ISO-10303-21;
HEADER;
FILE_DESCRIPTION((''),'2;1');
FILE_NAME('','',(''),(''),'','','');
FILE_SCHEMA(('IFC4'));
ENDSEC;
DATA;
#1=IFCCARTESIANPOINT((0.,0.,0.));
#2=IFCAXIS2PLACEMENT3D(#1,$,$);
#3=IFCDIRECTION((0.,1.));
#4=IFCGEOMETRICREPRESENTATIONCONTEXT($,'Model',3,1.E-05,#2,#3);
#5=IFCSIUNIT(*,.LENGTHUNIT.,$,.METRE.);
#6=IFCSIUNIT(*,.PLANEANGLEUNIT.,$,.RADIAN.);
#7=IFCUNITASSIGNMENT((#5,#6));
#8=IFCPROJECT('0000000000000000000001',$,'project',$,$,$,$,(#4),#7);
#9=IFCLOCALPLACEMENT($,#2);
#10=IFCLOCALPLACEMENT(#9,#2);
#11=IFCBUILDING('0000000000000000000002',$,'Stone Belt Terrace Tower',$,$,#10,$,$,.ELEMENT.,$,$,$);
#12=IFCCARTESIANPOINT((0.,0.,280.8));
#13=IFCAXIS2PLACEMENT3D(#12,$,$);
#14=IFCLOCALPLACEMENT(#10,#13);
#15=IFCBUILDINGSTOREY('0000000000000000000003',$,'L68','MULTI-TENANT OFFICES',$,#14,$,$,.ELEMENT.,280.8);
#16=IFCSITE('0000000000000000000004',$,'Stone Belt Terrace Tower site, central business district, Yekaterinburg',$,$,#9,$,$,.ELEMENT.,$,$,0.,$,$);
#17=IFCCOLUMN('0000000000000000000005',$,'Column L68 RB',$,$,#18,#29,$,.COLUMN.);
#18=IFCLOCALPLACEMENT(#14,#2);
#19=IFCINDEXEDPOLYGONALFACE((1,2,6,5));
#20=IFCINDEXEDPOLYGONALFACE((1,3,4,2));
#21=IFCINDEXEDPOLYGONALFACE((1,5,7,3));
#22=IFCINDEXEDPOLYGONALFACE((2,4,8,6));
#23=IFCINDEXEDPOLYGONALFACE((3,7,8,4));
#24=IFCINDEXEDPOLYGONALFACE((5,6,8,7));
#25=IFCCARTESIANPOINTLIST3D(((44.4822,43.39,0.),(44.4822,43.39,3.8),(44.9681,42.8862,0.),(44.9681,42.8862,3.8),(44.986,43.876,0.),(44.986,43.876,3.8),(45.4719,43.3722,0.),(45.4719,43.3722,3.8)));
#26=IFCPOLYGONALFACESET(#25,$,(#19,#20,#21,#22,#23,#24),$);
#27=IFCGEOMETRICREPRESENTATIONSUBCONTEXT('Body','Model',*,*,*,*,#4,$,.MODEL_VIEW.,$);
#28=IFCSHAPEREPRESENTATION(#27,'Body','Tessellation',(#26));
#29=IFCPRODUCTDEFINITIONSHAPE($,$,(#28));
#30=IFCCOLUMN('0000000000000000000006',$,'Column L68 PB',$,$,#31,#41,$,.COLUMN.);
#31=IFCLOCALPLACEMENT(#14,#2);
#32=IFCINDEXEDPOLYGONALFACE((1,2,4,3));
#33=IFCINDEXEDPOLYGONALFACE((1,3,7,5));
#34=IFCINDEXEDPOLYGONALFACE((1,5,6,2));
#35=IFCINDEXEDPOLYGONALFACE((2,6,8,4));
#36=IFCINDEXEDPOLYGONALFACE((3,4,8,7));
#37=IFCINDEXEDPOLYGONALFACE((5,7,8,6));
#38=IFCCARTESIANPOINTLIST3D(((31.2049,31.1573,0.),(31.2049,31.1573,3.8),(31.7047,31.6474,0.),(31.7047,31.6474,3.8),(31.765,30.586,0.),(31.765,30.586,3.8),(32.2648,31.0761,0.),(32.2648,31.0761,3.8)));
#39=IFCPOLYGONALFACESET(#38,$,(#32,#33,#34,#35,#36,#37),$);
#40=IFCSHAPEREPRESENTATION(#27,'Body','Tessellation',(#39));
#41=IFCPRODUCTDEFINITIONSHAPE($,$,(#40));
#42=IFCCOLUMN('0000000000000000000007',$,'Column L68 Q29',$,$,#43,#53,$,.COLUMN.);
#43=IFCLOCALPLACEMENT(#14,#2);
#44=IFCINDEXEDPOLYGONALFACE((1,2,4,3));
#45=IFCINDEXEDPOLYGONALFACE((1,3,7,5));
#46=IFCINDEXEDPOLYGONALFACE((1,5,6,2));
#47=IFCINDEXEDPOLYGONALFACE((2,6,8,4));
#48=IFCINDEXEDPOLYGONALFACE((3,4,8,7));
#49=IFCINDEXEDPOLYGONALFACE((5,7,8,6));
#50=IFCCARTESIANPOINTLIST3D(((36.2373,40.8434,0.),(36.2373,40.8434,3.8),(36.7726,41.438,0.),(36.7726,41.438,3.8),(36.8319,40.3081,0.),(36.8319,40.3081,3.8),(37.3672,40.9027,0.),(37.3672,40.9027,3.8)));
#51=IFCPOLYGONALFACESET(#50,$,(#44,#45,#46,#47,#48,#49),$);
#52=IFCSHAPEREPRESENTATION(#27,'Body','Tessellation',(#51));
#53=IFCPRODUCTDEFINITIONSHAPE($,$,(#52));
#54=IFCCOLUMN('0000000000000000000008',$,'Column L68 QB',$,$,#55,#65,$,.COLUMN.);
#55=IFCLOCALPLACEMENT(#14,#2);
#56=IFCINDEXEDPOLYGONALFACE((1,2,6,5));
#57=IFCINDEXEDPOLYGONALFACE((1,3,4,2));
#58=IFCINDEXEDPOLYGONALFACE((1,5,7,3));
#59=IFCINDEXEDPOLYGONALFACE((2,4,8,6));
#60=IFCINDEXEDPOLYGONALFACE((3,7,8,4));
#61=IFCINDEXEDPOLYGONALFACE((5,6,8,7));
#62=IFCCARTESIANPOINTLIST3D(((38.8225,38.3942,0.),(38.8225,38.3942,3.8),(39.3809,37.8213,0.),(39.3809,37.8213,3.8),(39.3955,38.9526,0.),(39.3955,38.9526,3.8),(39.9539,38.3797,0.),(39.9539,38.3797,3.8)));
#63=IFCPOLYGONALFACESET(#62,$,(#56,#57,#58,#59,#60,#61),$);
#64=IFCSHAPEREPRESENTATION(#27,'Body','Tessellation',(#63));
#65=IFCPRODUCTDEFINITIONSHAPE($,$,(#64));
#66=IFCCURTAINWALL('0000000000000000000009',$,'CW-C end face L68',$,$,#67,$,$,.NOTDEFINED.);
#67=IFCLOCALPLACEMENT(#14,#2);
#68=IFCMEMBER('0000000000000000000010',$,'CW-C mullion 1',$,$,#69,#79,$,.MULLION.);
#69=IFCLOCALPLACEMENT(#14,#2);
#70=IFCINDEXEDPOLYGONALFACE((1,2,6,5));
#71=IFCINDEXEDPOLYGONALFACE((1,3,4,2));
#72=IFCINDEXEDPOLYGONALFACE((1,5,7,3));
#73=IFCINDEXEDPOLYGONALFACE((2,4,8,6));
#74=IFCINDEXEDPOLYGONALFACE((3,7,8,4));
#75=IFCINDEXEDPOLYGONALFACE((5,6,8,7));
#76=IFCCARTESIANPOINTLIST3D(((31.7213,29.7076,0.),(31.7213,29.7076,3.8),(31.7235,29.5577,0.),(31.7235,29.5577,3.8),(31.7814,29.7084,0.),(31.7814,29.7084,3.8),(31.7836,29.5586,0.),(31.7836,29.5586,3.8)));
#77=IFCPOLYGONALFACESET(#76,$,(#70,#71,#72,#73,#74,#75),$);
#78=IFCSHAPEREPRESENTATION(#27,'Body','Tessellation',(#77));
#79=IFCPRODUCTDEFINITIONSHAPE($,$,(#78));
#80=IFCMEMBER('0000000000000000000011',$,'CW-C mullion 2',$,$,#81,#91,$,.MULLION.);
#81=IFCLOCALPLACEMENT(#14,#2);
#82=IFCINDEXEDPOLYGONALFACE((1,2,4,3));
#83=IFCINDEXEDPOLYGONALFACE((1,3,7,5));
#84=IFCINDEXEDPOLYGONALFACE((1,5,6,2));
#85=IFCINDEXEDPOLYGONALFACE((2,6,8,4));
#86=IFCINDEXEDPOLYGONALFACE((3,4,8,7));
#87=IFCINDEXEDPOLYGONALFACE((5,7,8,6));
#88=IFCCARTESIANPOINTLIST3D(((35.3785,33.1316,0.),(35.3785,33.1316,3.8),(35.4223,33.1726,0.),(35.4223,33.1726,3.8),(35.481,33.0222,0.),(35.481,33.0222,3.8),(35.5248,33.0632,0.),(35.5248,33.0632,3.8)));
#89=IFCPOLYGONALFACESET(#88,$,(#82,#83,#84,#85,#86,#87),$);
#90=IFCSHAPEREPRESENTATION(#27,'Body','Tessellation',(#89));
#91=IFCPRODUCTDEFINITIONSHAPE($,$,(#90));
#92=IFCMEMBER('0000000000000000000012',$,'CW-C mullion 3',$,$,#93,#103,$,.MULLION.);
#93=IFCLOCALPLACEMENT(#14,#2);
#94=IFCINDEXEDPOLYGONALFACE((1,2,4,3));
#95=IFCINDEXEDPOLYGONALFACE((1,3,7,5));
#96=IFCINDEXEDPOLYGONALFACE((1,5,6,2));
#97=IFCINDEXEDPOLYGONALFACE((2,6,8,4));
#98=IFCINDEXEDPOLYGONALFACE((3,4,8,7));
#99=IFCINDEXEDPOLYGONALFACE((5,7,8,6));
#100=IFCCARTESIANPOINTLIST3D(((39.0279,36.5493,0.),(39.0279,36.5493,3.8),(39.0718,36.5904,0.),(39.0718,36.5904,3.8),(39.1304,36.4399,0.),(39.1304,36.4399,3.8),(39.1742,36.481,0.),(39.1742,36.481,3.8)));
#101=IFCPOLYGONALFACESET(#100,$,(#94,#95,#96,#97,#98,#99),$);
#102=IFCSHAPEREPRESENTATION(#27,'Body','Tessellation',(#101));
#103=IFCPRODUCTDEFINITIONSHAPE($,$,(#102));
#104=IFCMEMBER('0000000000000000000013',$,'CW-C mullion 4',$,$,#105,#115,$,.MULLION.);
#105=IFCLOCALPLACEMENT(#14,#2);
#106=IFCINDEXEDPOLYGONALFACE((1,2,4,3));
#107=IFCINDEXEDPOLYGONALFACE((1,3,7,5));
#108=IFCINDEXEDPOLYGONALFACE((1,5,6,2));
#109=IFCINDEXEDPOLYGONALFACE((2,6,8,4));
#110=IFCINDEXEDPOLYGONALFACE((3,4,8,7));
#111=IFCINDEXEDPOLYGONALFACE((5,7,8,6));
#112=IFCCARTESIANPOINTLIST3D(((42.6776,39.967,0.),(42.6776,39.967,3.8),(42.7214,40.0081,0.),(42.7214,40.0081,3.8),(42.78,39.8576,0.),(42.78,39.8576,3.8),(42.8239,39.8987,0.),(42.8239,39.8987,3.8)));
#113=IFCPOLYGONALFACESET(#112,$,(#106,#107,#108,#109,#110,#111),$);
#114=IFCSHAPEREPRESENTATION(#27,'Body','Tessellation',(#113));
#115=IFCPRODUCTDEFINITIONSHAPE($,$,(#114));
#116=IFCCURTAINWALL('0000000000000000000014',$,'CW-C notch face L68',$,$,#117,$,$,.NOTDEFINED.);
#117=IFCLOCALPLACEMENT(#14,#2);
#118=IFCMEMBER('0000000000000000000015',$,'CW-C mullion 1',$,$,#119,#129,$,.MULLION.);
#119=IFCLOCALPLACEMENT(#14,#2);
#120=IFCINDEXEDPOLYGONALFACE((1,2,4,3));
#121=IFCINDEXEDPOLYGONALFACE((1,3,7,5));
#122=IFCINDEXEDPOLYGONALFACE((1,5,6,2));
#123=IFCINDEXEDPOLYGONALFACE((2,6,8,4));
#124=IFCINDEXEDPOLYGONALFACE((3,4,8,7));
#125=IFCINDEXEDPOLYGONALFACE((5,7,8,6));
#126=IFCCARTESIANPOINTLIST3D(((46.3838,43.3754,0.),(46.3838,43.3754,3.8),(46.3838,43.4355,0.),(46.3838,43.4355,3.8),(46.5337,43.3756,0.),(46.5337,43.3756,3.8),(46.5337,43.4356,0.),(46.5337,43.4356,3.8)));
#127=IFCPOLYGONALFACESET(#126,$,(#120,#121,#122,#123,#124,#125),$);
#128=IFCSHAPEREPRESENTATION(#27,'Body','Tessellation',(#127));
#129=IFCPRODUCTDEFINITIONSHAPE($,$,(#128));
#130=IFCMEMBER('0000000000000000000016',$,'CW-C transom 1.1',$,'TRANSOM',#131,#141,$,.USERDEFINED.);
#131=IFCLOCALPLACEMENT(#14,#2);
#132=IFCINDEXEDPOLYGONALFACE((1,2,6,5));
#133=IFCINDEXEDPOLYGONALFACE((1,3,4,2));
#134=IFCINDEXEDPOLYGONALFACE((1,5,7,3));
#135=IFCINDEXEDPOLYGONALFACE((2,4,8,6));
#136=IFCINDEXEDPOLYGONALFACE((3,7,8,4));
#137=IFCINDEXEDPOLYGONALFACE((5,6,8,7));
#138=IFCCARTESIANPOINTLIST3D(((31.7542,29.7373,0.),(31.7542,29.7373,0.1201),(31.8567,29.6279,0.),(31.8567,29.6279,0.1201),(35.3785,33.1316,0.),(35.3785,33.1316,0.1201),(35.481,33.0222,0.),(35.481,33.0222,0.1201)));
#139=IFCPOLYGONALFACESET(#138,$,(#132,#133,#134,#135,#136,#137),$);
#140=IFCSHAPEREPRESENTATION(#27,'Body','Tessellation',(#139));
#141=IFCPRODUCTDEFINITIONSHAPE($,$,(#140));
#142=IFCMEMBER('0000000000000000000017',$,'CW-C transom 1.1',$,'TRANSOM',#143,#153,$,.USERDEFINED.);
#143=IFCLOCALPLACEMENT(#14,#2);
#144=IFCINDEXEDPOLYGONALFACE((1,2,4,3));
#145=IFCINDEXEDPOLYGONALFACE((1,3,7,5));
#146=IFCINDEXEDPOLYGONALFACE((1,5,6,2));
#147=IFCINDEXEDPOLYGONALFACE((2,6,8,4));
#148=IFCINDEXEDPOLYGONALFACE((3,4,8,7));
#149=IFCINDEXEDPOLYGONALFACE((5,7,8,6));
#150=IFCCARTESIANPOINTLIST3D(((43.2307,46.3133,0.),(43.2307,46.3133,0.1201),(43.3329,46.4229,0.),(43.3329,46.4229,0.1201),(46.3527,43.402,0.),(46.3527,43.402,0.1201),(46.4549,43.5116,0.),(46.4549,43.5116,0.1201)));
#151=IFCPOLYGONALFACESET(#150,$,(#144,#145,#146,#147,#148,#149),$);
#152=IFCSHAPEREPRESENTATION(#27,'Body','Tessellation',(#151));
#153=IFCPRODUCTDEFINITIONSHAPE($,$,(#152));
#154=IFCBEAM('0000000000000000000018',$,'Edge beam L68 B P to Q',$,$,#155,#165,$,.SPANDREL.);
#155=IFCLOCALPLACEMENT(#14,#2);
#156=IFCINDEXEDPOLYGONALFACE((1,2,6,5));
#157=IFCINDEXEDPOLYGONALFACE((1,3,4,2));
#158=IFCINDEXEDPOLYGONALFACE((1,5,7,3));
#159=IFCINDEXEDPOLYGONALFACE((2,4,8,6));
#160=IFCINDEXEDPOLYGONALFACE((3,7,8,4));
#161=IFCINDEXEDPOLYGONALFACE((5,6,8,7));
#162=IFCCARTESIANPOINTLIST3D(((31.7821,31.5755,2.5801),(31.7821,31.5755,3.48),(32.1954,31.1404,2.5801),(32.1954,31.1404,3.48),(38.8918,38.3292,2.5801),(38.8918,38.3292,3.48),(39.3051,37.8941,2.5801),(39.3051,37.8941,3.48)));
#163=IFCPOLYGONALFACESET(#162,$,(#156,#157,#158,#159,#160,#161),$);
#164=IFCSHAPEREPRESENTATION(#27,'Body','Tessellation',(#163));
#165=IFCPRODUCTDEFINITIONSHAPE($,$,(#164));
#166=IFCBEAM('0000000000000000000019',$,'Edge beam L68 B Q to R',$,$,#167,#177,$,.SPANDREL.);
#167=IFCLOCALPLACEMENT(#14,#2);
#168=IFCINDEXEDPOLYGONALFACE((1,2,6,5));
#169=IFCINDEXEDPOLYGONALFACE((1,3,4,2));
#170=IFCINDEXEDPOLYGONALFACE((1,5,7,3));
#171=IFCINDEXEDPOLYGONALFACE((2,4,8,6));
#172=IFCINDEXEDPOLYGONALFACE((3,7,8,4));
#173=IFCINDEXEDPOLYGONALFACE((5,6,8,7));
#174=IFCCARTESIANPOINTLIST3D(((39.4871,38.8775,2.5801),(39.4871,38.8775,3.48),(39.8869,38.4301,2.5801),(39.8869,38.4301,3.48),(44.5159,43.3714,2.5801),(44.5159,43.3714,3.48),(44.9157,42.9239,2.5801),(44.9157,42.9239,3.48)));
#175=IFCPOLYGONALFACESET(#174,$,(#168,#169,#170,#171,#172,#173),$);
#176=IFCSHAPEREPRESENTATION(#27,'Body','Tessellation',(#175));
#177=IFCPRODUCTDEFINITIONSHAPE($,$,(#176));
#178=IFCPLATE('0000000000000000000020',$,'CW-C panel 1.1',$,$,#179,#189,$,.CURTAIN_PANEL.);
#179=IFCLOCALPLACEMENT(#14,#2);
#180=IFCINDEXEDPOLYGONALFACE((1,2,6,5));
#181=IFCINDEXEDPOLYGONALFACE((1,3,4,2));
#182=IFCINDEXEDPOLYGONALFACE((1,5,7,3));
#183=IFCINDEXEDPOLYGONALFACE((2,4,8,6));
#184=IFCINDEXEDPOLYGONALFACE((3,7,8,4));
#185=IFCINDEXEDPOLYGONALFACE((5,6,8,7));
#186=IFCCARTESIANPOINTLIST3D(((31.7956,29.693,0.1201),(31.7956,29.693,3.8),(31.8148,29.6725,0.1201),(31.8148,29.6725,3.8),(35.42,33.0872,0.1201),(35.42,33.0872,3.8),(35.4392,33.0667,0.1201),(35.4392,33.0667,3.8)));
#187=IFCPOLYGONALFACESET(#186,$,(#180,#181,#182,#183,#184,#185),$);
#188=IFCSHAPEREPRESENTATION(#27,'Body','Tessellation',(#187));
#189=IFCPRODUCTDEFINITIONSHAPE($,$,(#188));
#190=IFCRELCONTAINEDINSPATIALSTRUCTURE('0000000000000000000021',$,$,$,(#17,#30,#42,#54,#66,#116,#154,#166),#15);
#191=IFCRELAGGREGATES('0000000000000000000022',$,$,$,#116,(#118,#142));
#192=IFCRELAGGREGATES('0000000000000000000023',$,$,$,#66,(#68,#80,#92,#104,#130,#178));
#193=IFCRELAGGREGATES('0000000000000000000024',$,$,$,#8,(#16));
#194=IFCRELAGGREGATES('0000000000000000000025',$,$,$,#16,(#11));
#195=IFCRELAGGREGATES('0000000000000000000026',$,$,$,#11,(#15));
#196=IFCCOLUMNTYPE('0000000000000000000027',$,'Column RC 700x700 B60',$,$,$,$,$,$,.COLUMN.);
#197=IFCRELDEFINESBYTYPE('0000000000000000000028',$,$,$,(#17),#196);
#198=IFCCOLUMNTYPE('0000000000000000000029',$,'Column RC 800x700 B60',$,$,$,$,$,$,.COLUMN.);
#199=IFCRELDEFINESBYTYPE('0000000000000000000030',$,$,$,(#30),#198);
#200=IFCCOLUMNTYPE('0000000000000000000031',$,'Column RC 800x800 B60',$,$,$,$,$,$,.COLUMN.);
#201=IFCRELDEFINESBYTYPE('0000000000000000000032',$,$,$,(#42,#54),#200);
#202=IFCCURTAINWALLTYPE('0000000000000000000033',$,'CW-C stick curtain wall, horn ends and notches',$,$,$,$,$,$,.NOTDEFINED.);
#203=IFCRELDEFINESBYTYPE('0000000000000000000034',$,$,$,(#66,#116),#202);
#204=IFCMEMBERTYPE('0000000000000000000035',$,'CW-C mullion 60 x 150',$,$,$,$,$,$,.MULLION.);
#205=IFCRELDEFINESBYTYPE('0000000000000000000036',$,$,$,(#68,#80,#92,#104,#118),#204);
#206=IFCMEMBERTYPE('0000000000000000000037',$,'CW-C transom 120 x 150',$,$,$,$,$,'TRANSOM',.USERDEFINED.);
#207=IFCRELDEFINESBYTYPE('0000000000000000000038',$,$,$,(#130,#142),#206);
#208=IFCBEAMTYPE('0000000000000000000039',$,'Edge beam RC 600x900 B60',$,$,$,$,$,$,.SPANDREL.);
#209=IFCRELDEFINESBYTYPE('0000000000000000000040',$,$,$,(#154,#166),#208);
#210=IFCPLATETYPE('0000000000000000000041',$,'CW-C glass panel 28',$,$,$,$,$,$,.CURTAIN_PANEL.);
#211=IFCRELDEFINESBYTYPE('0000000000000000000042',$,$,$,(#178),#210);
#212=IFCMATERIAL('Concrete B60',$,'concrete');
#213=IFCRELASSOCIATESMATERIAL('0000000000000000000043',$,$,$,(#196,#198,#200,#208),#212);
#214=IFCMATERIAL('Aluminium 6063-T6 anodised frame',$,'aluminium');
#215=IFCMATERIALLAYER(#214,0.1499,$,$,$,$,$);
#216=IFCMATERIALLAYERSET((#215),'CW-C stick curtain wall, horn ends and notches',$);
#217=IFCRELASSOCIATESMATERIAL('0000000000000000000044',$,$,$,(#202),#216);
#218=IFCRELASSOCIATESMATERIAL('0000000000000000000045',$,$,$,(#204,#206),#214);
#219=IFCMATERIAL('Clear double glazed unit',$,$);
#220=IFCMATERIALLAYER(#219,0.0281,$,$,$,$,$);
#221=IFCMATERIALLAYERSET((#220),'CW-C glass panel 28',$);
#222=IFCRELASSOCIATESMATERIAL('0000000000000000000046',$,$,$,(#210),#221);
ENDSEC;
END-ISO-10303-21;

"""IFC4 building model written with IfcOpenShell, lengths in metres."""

from ifc_helpers import new_model, si_unit, direction, frame, origin, origin_2d, place, context, subcontext, project, spatial, rectangle, extrude, material, layer, layer_set, material_profile, profile_set, type_object, element, aggregate, save


model = new_model("IFC4")

# Units and contexts
model_context = context("Model", 3, precision=1e-05, world=origin(), true_north=direction((0.0, 1.0)))
body_context = subcontext(model_context, "Body", "Model", "MODEL_VIEW")
ifc_project = project(units=[si_unit("LENGTHUNIT", "METRE"), si_unit("PLANEANGLEUNIT", "RADIAN")], contexts=[model_context])

# Site, building, storey
site_placement = place(None, origin())
site = spatial("IfcSite", under=ifc_project, at=site_placement, Name="Stone Belt Terrace Tower site, central business district, Yekaterinburg", CompositionType="ELEMENT", RefElevation=0.0)
building_placement = place(site_placement, origin())
building = spatial("IfcBuilding", under=site, at=building_placement, Name="Stone Belt Terrace Tower", CompositionType="ELEMENT")
storey_placement = place(building_placement, frame((0.0, 0.0, 280.8)))
storey = spatial("IfcBuildingStorey", under=building, at=storey_placement, Name="L68", Description="MULTI-TENANT OFFICES", CompositionType="ELEMENT", Elevation=280.8)

# Columns
ifc_material_1 = material(Name="Concrete B60", Category="concrete")
ifc_material_profile_1 = material_profile(ifc_material_1, rectangle(XDim=0.7, YDim=0.7, at=origin_2d()), Name="RC 700x700")
ifc_profile_set_1 = profile_set([ifc_material_profile_1], Name="Concrete B60")
column_type_1 = type_object("IfcColumnType", Name="Column RC 700x700 B60", PredefinedType="COLUMN", material=ifc_profile_set_1)
column_1_placement = place(storey_placement, frame((44.9771, 43.3811, 0.0), z_axis=(0.0, 0.0, 1.0), x_axis=(0.694221, -0.719762, 0.0)))
element("IfcColumn", 1, at=column_1_placement, inside=storey, type_object=column_type_1, Name="Column L68 RB", PredefinedType="COLUMN", context=body_context, shape_type="SweptSolid", body=[
    extrude(rectangle(XDim=0.7, YDim=0.7, at=origin_2d()), origin(), (0.0, 0.0, 1.0), 3.8),
])
ifc_material_profile_2 = material_profile(ifc_material_1, rectangle(XDim=0.8, YDim=0.7, at=origin_2d()), Name="RC 800x700")
ifc_profile_set_2 = profile_set([ifc_material_profile_2], Name="Concrete B60")
column_type_2 = type_object("IfcColumnType", Name="Column RC 800x700 B60", PredefinedType="COLUMN", material=ifc_profile_set_2)
column_2_placement = place(storey_placement, frame((31.7349, 31.1167, 0.0), z_axis=(0.0, 0.0, 1.0), x_axis=(0.70012, -0.714026, 0.0)))
element("IfcColumn", 2, at=column_2_placement, inside=storey, type_object=column_type_2, Name="Column L68 PB", PredefinedType="COLUMN", context=body_context, shape_type="SweptSolid", body=[
    extrude(rectangle(XDim=0.8, YDim=0.7, at=origin_2d()), origin(), (0.0, 0.0, 1.0), 3.8),
])
ifc_material_profile_3 = material_profile(ifc_material_1, rectangle(XDim=0.8, YDim=0.8, at=origin_2d()), Name="RC 800x800")
ifc_profile_set_3 = profile_set([ifc_material_profile_3], Name="Concrete B60")
column_type_3 = type_object("IfcColumnType", Name="Column RC 800x800 B60", PredefinedType="COLUMN", material=ifc_profile_set_3)
for number, where, z_axis, x_axis, name in (
    (3, (36.8022, 40.873, 0.0), (0.0, 0.0, 1.0), (0.743145, -0.669131, 0.0), "Column L68 Q29"),
    (4, (39.3882, 38.387, 0.0), (0.0, 0.0, 1.0), (0.697944, -0.716152, 0.0), "Column L68 QB"),
):
    element("IfcColumn", number, at=place(storey_placement, frame(where, z_axis=z_axis, x_axis=x_axis)), inside=storey, type_object=column_type_3, Name=name, PredefinedType="COLUMN", context=body_context, shape_type="SweptSolid", body=[
        extrude(rectangle(XDim=0.8, YDim=0.8, at=origin_2d()), origin(), (0.0, 0.0, 1.0), 3.8),
    ])

# Curtain wall, members
ifc_material_2 = material(Name="Aluminium 6063-T6 anodised frame", Category="aluminium")
ifc_layer_1 = layer(ifc_material_2, 0.1499)
ifc_layer_set_1 = layer_set([ifc_layer_1], Name="CW-C stick curtain wall, horn ends and notches")
curtain_wall_type = type_object("IfcCurtainWallType", Name="CW-C stick curtain wall, horn ends and notches", PredefinedType="NOTDEFINED", material=ifc_layer_set_1)
curtain_wall_1_placement = place(storey_placement, origin())
curtain_wall_1 = element("IfcCurtainWall", 5, at=curtain_wall_1_placement, inside=storey, type_object=curtain_wall_type, Name="CW-C end face L68", PredefinedType="NOTDEFINED")
ifc_material_profile_4 = material_profile(ifc_material_2, rectangle(XDim=0.1499, YDim=0.0601, at=origin_2d()), Name="Aluminium 6063-T6 60x150")
ifc_profile_set_4 = profile_set([ifc_material_profile_4], Name="Aluminium 6063-T6 anodised frame")
member_type_1 = type_object("IfcMemberType", Name="CW-C mullion 60 x 150", PredefinedType="MULLION", material=ifc_profile_set_4)
member_1_placement = place(storey_placement, frame((31.7524, 29.6331, 0.0), z_axis=(0.0, 0.0, 1.0), x_axis=(-0.014682, 0.999892, 0.0)))
member_1 = element("IfcMember", 6, at=member_1_placement, type_object=member_type_1, Name="CW-C mullion 1", PredefinedType="MULLION", context=body_context, shape_type="SweptSolid", body=[
    extrude(rectangle(XDim=0.1499, YDim=0.0601, at=origin_2d()), origin(), (0.0, 0.0, 1.0), 3.8),
])
member_2_placement = place(storey_placement, frame((35.4517, 33.0974, 0.0), z_axis=(0.0, 0.0, 1.0), x_axis=(-0.683549, 0.729904, 0.0)))
member_2 = element("IfcMember", 7, at=member_2_placement, type_object=member_type_1, Name="CW-C mullion 2", PredefinedType="MULLION", context=body_context, shape_type="SweptSolid", body=[
    extrude(rectangle(XDim=0.1499, YDim=0.0601, at=origin_2d()), origin(), (0.0, 0.0, 1.0), 3.8),
])
member_3_placement = place(storey_placement, frame((39.1011, 36.5151, 0.0), z_axis=(0.0, 0.0, 1.0), x_axis=(-0.683549, 0.729904, 0.0)))
member_3 = element("IfcMember", 8, at=member_3_placement, type_object=member_type_1, Name="CW-C mullion 3", PredefinedType="MULLION", context=body_context, shape_type="SweptSolid", body=[
    extrude(rectangle(XDim=0.1499, YDim=0.0601, at=origin_2d()), origin(), (0.0, 0.0, 1.0), 3.8),
])
member_4_placement = place(storey_placement, frame((42.7507, 39.9329, 0.0), z_axis=(0.0, 0.0, 1.0), x_axis=(-0.683549, 0.729904, 0.0)))
member_4 = element("IfcMember", 9, at=member_4_placement, type_object=member_type_1, Name="CW-C mullion 4", PredefinedType="MULLION", context=body_context, shape_type="SweptSolid", body=[
    extrude(rectangle(XDim=0.1499, YDim=0.0601, at=origin_2d()), origin(), (0.0, 0.0, 1.0), 3.8),
])

# Curtain wall, member
curtain_wall_2_placement = place(storey_placement, origin())
curtain_wall_2 = element("IfcCurtainWall", 10, at=curtain_wall_2_placement, inside=storey, type_object=curtain_wall_type, Name="CW-C notch face L68", PredefinedType="NOTDEFINED")
member_5_placement = place(storey_placement, frame((46.4587, 43.4055, 0.0), z_axis=(0.0, 0.0, 1.0), x_axis=(-0.999999, -0.001051, 0.0)))
member_5 = element("IfcMember", 11, at=member_5_placement, type_object=member_type_1, Name="CW-C mullion 1", PredefinedType="MULLION", context=body_context, shape_type="SweptSolid", body=[
    extrude(rectangle(XDim=0.1499, YDim=0.0601, at=origin_2d()), origin(), (0.0, 0.0, 1.0), 3.8),
])

# Members
ifc_material_profile_5 = material_profile(ifc_material_2, rectangle(XDim=0.1499, YDim=0.1201, at=origin_2d()), Name="Aluminium 6063-T6 150x120")
ifc_profile_set_5 = profile_set([ifc_material_profile_5], Name="Aluminium 6063-T6 anodised frame")
member_type_2 = type_object("IfcMemberType", Name="CW-C transom 120 x 150", ElementType="TRANSOM", PredefinedType="USERDEFINED", material=ifc_profile_set_5)
member_6_placement = place(storey_placement, frame((31.8054, 29.6826, 0.0601), z_axis=(0.729885, 0.68357, 0.0), x_axis=(-0.68357, 0.729885, 0.0)))
member_6 = element("IfcMember", 12, at=member_6_placement, type_object=member_type_2, Name="CW-C transom 1.1", ObjectType="TRANSOM", PredefinedType="USERDEFINED", context=body_context, shape_type="SweptSolid", body=[
    extrude(rectangle(XDim=0.1499, YDim=0.1201, at=origin_2d()), origin(), (0.0, 0.0, 1.0), 4.9656),
])
member_7_placement = place(storey_placement, frame((46.4038, 43.4568, 0.0601), z_axis=(-0.731354, 0.681998, 0.0), x_axis=(-0.681998, -0.731354, 0.0)))
member_7 = element("IfcMember", 13, at=member_7_placement, type_object=member_type_2, Name="CW-C transom 1.1", ObjectType="TRANSOM", PredefinedType="USERDEFINED", context=body_context, shape_type="SweptSolid", body=[
    extrude(rectangle(XDim=0.1499, YDim=0.1201, at=origin_2d()), origin(), (0.0, 0.0, 1.0), 4.2688),
])
aggregate(curtain_wall_2, [member_5, member_7])

# Beams
ifc_material_profile_6 = material_profile(ifc_material_1, rectangle(XDim=0.6001, YDim=0.8999, at=origin_2d()), Name="RC 600x900")
ifc_profile_set_6 = profile_set([ifc_material_profile_6], Name="Concrete B60")
beam_type = type_object("IfcBeamType", Name="Edge beam RC 600x900 B60", PredefinedType="SPANDREL", material=ifc_profile_set_6)
beam_1_placement = place(storey_placement, frame((31.9888, 31.3579, 3.03), z_axis=(0.725024, 0.688724, 0.0), x_axis=(-0.688724, 0.725024, 0.0)))
element("IfcBeam", 14, at=beam_1_placement, inside=storey, type_object=beam_type, Name="Edge beam L68 B P to Q", PredefinedType="SPANDREL", context=body_context, shape_type="SweptSolid", body=[
    extrude(rectangle(XDim=0.6001, YDim=0.8999, at=origin_2d()), origin(), (0.0, 0.0, 1.0), 9.8062),
])
beam_2_placement = place(storey_placement, frame((39.687, 38.6538, 3.03), z_axis=(0.745651, 0.666337, 0.0), x_axis=(-0.666337, 0.745651, 0.0)))
element("IfcBeam", 15, at=beam_2_placement, inside=storey, type_object=beam_type, Name="Edge beam L68 B Q to R", PredefinedType="SPANDREL", context=body_context, shape_type="SweptSolid", body=[
    extrude(rectangle(XDim=0.6001, YDim=0.8999, at=origin_2d()), origin(), (0.0, 0.0, 1.0), 6.7441),
])

# Plate
ifc_material_3 = material(Name="Clear double glazed unit")
ifc_layer_2 = layer(ifc_material_3, 0.0281)
ifc_layer_set_2 = layer_set([ifc_layer_2], Name="CW-C glass panel 28")
plate_type = type_object("IfcPlateType", Name="CW-C glass panel 28", PredefinedType="CURTAIN_PANEL", material=ifc_layer_set_2)
plate_1_placement = place(storey_placement, frame((33.6174, 31.3799, 0.1201), z_axis=(0.0, 0.0, 1.0), x_axis=(0.729904, 0.683549, 0.0)))
plate_1 = element("IfcPlate", 16, at=plate_1_placement, type_object=plate_type, Name="CW-C panel 1.1", PredefinedType="CURTAIN_PANEL", context=body_context, shape_type="SweptSolid", body=[
    extrude(rectangle(XDim=4.9656, YDim=0.0281, at=origin_2d()), origin(), (0.0, 0.0, 1.0), 3.6799),
])
aggregate(curtain_wall_1, [member_1, member_2, member_3, member_4, member_6, plate_1])

save(model, "model.ifc")
